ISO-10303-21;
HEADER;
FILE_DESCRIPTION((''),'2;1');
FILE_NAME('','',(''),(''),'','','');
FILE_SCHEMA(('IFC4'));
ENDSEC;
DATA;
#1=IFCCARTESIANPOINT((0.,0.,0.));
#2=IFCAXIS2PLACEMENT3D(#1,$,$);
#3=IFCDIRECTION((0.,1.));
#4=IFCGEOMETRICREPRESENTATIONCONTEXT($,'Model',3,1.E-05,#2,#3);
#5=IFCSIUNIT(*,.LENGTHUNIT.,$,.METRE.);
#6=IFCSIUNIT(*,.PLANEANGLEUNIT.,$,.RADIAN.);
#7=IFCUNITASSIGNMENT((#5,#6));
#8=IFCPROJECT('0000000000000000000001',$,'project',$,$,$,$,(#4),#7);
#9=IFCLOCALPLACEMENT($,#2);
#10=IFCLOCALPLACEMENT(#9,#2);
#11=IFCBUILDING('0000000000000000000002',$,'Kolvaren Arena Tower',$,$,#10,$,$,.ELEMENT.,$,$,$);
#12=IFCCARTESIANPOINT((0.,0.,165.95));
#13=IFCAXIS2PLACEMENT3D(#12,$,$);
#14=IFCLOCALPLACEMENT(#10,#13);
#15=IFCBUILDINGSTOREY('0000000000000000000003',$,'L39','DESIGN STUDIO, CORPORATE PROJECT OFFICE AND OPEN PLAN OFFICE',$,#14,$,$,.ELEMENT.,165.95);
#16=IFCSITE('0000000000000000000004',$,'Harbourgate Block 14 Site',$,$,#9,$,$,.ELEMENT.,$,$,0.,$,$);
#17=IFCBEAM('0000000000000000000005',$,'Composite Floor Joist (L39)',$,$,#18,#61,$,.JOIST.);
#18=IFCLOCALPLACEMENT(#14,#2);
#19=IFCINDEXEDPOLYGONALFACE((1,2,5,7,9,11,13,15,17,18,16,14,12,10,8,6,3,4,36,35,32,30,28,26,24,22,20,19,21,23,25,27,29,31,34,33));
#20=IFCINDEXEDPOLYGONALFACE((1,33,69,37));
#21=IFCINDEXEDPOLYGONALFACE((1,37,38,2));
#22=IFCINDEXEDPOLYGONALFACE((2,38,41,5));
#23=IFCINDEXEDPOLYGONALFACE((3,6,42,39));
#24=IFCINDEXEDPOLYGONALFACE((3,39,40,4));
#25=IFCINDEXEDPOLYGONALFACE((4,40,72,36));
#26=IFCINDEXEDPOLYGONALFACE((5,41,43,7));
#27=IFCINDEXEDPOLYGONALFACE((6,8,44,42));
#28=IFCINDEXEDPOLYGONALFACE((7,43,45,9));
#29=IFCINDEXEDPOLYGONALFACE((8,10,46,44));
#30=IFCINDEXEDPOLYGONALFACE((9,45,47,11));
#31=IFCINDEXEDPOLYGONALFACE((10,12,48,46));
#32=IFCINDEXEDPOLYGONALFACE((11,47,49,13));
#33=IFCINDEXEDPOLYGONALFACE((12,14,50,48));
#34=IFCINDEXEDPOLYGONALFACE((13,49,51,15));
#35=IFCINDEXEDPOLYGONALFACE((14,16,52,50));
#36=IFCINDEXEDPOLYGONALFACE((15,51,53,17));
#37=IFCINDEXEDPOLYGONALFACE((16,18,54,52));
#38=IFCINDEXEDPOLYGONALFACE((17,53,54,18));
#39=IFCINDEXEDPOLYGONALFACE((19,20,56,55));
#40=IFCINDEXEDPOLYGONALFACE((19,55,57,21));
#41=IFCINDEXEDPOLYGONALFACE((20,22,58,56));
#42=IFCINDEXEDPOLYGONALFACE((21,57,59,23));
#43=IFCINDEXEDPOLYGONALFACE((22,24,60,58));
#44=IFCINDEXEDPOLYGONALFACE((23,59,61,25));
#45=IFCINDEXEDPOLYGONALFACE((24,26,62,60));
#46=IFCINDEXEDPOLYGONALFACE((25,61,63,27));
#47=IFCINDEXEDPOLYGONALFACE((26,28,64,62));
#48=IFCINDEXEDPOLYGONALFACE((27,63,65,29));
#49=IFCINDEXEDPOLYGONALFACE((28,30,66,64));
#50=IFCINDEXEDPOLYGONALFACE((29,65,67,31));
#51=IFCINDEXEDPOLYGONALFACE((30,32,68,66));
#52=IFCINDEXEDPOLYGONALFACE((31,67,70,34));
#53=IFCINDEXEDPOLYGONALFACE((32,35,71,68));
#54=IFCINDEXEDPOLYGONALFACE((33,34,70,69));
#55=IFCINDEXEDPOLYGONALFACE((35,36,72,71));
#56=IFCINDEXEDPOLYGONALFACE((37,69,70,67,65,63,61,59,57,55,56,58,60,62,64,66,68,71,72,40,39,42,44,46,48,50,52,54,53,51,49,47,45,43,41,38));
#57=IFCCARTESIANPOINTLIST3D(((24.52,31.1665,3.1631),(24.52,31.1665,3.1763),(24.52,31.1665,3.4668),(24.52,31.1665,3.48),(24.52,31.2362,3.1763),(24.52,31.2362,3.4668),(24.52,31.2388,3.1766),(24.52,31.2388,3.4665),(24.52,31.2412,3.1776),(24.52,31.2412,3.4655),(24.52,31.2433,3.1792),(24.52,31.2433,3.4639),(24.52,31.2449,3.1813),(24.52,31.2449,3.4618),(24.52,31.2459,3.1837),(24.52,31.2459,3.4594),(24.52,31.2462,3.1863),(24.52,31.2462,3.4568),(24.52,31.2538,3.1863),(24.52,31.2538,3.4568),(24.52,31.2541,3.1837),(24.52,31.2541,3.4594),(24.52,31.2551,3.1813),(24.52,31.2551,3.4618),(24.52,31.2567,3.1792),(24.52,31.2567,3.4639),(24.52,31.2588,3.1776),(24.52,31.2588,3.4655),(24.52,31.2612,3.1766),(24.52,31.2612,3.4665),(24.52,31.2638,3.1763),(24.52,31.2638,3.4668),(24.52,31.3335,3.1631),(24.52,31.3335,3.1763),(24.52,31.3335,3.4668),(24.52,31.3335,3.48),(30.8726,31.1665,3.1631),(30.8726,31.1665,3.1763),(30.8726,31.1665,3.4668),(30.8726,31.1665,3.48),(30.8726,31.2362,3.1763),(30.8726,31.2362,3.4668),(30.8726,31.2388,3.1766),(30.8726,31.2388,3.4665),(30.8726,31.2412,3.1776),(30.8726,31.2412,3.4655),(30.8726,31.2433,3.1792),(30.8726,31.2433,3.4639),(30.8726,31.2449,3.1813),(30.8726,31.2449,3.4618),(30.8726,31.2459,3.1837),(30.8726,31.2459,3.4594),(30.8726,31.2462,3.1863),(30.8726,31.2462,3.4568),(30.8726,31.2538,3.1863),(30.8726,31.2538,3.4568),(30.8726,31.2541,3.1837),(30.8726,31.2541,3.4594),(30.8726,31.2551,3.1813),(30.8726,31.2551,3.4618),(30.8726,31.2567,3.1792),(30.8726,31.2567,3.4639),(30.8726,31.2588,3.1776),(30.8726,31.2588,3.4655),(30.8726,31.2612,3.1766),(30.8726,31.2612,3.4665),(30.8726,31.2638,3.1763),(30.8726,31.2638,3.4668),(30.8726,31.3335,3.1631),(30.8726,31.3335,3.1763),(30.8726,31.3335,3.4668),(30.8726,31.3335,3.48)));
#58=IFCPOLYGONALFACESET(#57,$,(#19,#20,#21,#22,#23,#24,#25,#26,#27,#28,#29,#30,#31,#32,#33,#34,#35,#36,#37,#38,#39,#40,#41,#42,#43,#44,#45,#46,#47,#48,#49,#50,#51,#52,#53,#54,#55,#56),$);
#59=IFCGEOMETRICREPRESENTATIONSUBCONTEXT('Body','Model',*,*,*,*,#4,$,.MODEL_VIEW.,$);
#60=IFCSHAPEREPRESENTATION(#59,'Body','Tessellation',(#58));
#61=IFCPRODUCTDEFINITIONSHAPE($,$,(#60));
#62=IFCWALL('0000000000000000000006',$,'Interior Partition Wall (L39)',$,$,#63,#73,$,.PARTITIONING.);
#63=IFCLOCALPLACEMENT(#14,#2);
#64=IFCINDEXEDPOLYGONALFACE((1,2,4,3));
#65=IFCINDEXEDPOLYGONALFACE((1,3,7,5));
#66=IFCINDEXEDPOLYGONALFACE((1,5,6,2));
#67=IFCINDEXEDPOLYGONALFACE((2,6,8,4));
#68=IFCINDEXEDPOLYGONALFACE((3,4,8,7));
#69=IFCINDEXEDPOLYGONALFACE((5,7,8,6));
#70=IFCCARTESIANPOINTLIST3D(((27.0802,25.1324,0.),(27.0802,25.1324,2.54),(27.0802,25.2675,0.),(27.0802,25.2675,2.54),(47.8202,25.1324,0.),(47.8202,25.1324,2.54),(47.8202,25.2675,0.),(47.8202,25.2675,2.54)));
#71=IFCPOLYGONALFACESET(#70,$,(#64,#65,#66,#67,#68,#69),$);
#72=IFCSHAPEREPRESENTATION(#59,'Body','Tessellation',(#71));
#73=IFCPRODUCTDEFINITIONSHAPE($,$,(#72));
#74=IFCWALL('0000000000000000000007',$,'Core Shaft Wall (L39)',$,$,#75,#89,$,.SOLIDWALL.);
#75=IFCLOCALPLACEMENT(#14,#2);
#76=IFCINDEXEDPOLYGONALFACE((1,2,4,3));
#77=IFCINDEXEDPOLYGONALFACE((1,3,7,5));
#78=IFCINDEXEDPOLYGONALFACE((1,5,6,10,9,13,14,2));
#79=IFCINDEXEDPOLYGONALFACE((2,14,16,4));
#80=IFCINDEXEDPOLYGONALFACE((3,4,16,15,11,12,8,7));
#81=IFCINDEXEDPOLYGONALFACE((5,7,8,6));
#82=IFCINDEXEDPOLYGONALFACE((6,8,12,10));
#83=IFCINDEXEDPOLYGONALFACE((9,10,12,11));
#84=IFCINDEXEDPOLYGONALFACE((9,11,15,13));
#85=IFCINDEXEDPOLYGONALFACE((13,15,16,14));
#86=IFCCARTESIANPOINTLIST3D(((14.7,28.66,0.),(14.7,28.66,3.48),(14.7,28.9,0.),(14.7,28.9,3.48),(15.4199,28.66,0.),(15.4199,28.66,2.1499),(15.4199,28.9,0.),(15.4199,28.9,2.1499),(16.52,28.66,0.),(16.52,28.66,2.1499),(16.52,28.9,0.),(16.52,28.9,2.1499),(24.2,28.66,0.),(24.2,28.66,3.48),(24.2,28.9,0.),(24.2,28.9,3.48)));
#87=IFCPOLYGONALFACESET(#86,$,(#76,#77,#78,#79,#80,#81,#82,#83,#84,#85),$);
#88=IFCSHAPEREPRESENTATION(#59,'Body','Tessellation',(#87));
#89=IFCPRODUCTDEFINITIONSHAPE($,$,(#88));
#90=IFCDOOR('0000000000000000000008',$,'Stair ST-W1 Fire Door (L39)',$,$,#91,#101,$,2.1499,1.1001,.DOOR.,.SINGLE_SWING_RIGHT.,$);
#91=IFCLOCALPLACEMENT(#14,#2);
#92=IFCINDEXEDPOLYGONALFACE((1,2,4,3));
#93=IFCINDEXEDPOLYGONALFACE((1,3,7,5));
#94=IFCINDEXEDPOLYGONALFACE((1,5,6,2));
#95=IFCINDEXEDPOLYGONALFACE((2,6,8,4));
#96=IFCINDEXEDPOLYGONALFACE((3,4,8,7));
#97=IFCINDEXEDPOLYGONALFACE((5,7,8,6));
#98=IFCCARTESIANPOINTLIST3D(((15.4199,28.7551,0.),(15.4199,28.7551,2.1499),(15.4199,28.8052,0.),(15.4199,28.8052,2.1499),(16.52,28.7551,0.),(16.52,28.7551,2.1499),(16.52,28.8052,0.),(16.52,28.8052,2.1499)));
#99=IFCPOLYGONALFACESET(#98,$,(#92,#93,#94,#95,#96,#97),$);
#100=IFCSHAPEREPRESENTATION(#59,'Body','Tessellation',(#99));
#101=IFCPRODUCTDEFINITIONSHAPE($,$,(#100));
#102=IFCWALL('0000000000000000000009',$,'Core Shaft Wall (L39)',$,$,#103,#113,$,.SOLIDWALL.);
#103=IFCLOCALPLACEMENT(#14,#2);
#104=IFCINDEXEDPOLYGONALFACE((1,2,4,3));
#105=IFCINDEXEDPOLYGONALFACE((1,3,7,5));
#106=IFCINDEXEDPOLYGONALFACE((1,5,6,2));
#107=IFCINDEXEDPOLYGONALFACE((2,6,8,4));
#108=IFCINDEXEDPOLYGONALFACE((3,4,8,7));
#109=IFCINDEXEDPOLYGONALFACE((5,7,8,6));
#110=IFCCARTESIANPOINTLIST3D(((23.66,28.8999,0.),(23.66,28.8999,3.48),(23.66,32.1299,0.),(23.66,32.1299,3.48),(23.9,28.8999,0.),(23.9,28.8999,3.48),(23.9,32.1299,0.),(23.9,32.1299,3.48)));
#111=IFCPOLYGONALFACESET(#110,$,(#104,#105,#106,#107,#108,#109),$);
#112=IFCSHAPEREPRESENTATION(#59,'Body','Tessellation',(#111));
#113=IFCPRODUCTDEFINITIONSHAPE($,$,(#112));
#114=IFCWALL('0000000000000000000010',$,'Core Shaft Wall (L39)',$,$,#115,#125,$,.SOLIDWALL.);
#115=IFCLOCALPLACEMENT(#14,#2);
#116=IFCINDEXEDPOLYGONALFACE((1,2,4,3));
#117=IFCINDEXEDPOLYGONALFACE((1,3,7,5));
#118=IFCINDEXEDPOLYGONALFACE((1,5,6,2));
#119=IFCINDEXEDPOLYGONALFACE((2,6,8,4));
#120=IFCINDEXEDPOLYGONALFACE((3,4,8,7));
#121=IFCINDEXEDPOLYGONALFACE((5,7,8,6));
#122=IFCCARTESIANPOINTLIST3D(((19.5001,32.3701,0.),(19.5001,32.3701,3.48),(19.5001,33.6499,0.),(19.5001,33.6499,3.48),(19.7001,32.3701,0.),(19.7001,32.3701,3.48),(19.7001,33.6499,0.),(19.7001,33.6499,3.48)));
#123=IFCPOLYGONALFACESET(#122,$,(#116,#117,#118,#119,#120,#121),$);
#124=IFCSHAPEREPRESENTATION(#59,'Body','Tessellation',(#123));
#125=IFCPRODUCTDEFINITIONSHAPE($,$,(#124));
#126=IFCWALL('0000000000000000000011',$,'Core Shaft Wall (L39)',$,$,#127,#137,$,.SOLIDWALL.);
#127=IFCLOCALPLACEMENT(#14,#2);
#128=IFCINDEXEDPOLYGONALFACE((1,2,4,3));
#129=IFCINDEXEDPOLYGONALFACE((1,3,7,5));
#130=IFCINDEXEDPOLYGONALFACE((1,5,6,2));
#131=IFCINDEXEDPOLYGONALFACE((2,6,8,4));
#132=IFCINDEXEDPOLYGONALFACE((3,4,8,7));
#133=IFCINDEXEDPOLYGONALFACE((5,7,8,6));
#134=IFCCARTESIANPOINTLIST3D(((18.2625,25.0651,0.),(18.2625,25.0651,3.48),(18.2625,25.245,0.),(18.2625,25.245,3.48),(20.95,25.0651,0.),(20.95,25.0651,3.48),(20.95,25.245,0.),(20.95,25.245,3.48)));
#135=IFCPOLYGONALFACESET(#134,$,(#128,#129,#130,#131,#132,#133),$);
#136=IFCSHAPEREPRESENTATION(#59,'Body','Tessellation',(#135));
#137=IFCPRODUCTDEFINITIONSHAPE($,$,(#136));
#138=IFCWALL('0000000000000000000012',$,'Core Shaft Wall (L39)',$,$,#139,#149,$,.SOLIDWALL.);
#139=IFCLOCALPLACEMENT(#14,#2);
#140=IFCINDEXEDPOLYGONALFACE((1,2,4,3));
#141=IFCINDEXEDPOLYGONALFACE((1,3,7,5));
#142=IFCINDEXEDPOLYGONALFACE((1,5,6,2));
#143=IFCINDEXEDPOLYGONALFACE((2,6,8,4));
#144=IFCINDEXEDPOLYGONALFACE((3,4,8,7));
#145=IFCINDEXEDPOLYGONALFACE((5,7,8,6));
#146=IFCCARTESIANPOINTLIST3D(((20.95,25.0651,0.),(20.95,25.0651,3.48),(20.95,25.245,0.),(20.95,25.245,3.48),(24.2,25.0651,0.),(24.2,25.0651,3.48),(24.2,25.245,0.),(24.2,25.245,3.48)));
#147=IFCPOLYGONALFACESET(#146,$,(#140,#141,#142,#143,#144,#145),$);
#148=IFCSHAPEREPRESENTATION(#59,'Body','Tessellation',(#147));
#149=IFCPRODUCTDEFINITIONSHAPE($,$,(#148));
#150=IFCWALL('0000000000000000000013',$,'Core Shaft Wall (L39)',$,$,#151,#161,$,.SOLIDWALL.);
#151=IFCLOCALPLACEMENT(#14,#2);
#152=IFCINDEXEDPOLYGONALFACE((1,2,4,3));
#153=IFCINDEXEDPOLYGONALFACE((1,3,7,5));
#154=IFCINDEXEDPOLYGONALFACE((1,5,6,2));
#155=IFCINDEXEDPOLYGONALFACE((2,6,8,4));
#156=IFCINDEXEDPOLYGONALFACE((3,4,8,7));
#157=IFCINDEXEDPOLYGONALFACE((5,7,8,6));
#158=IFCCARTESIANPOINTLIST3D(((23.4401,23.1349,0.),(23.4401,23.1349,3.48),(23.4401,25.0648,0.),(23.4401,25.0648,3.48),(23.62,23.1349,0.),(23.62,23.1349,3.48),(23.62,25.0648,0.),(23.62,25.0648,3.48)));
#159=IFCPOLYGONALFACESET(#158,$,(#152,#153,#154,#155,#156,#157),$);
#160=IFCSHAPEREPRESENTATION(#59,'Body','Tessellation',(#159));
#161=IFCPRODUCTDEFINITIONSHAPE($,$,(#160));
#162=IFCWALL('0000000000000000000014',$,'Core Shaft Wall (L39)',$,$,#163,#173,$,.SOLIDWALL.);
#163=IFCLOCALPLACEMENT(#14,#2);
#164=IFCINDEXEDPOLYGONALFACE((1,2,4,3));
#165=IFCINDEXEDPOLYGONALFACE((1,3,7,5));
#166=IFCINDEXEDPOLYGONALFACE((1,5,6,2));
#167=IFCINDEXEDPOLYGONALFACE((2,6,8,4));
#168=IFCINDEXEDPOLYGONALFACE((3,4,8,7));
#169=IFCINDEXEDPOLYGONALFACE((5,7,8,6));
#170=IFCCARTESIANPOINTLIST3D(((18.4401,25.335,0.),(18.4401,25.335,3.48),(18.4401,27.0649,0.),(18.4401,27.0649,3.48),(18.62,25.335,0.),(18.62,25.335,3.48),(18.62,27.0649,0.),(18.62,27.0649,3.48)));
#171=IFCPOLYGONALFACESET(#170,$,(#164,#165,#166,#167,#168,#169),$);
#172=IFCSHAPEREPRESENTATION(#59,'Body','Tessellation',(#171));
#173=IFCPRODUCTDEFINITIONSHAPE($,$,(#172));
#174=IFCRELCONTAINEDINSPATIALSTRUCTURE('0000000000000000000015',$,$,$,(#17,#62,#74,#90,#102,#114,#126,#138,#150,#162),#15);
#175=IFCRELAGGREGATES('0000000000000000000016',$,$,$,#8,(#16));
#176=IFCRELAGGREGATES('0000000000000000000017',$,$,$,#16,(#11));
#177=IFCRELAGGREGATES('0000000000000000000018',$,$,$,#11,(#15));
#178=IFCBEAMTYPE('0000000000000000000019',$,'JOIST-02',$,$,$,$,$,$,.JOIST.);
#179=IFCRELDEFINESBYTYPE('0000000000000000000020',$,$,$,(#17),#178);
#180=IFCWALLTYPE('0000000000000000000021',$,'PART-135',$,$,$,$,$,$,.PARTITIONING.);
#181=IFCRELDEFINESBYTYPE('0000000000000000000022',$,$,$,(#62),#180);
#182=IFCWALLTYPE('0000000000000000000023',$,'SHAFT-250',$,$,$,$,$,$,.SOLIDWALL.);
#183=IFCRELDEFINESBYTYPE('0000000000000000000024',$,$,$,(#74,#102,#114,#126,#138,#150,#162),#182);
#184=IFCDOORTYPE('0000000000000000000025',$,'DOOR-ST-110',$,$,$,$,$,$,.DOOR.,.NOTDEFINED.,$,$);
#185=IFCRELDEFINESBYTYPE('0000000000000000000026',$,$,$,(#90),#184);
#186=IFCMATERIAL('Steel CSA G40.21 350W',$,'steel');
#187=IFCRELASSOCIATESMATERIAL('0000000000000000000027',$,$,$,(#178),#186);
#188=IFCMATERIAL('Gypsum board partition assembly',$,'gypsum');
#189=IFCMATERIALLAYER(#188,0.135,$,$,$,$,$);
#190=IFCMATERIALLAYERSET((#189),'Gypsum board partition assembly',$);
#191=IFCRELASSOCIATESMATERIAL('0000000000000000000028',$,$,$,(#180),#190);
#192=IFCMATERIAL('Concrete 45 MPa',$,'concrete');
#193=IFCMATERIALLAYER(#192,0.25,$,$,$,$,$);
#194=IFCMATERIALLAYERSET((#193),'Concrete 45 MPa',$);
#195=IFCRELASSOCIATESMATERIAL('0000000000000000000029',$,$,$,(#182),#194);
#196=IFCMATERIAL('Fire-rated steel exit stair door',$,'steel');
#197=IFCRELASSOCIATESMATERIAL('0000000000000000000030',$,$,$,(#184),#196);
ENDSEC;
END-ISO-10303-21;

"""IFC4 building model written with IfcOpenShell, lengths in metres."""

from ifc_helpers import new_model, si_unit, direction, frame, frame_2d, origin, origin_2d, place, context, subcontext, project, spatial, rectangle, i_section, extrude, material, layer, layer_set, material_profile, profile_set, type_object, element, fill, save


model = new_model("IFC4")

# Units and contexts
model_context = context("Model", 3, precision=1e-05, world=origin(), true_north=direction((0.0, 1.0)))
body_context = subcontext(model_context, "Body", "Model", "MODEL_VIEW")
ifc_project = project(units=[si_unit("LENGTHUNIT", "METRE"), si_unit("PLANEANGLEUNIT", "RADIAN")], contexts=[model_context])

# Site, building, storey
site_placement = place(None, origin())
site = spatial("IfcSite", under=ifc_project, at=site_placement, Name="Harbourgate Block 14 Site", CompositionType="ELEMENT", RefElevation=0.0)
building_placement = place(site_placement, origin())
building = spatial("IfcBuilding", under=site, at=building_placement, Name="Kolvaren Arena Tower", CompositionType="ELEMENT")
storey_placement = place(building_placement, frame((0.0, 0.0, 165.95)))
storey = spatial("IfcBuildingStorey", under=building, at=storey_placement, Name="L39", Description="DESIGN STUDIO, CORPORATE PROJECT OFFICE AND OPEN PLAN OFFICE", CompositionType="ELEMENT", Elevation=165.95)

# Beam
ifc_material_1 = material(Name="Steel CSA G40.21 350W", Category="steel")
ifc_material_profile_1 = material_profile(ifc_material_1, i_section(OverallWidth=0.167, OverallDepth=0.3169, WebThickness=0.0076, FlangeThickness=0.0132, FilletRadius=0.01, at=origin_2d()), Name="W310x52")
ifc_profile_set_1 = profile_set([ifc_material_profile_1], Name="Steel CSA G40.21 350W")
beam_type_1 = type_object("IfcBeamType", Name="JOIST-02", PredefinedType="JOIST", material=ifc_profile_set_1)
beam_1_placement = place(storey_placement, frame((24.52, 31.25, 3.3215), z_axis=(1.0, 0.0, 0.0), x_axis=(0.0, 1.0, 0.0)))
element("IfcBeam", 1, at=beam_1_placement, inside=storey, type_object=beam_type_1, Name="Composite Floor Joist (L39)", PredefinedType="JOIST", context=body_context, shape_type="SweptSolid", body=[
    extrude(i_section(OverallWidth=0.167, OverallDepth=0.3169, WebThickness=0.0076, FlangeThickness=0.0132, FilletRadius=0.01, at=origin_2d()), origin(), (0.0, 0.0, 1.0), 6.3525),
])

# Wall
ifc_material_2 = material(Name="Gypsum board partition assembly", Category="gypsum")
ifc_layer_1 = layer(ifc_material_2, 0.135)
ifc_layer_set_1 = layer_set([ifc_layer_1], Name="Gypsum board partition assembly")
wall_type_1 = type_object("IfcWallType", Name="PART-135", PredefinedType="PARTITIONING", material=ifc_layer_set_1)
wall_1_placement = place(storey_placement, frame((27.0801, 25.2, 0.0), z_axis=(0.0, 0.0, 1.0), x_axis=(1.0, 0.0, 0.0)))
element("IfcWall", 2, at=wall_1_placement, inside=storey, type_object=wall_type_1, Name="Interior Partition Wall (L39)", PredefinedType="PARTITIONING", context=body_context, shape_type="SweptSolid", body=[
    extrude(rectangle(XDim=20.74, YDim=0.135, at=frame_2d((10.3701, 0.0))), origin(), (0.0, 0.0, 1.0), 2.54),
])

# Wall, opening, door
ifc_material_3 = material(Name="Concrete 45 MPa", Category="concrete")
ifc_layer_2 = layer(ifc_material_3, 0.25)
ifc_layer_set_2 = layer_set([ifc_layer_2], Name="Concrete 45 MPa")
wall_type_2 = type_object("IfcWallType", Name="SHAFT-250", PredefinedType="SOLIDWALL", material=ifc_layer_set_2)
wall_2_placement = place(storey_placement, frame((24.2, 28.78, 0.0), z_axis=(0.0, 0.0, 1.0), x_axis=(-1.0, 0.0, 0.0)))
wall_2 = element("IfcWall", 3, at=wall_2_placement, inside=storey, type_object=wall_type_2, Name="Core Shaft Wall (L39)", PredefinedType="SOLIDWALL", context=body_context, shape_type="SweptSolid", body=[
    extrude(rectangle(XDim=9.5, YDim=0.24, at=frame_2d((4.75, 0.0))), origin(), (0.0, 0.0, 1.0), 3.48),
])
opening_placement = place(wall_2_placement, frame((7.6799, 0.0, 0.0)))
opening = element("IfcOpeningElement", 4, at=opening_placement, cuts=wall_2, PredefinedType="OPENING", context=body_context, shape_type="SweptSolid", body=[
    extrude(rectangle(XDim=1.1001, YDim=2.1499, at=frame_2d((0.55, 1.075))), frame((0.0, 0.1299, 0.0), z_axis=(0.0, -1.0, 0.0), x_axis=(1.0, 0.0, 0.0)), (0.0, 0.0, 1.0), 0.26),
])
ifc_material_4 = material(Name="Fire-rated steel exit stair door", Category="steel")
door_type = type_object("IfcDoorType", Name="DOOR-ST-110", OperationType="NOTDEFINED", PredefinedType="DOOR", material=ifc_material_4)
door_placement = place(opening_placement, origin())
door = element("IfcDoor", 5, at=door_placement, inside=storey, type_object=door_type, Name="Stair ST-W1 Fire Door (L39)", OperationType="SINGLE_SWING_RIGHT", OverallHeight=2.1499, OverallWidth=1.1001, PredefinedType="DOOR", context=body_context, shape_type="SweptSolid", body=[
    extrude(rectangle(XDim=1.1001, YDim=2.1499, at=frame_2d((0.55, 1.075))), frame((0.0, 0.0249, 0.0), z_axis=(0.0, -1.0, 0.0), x_axis=(1.0, 0.0, 0.0)), (0.0, 0.0, 1.0), 0.05),
])
fill(opening, door)

# Walls
wall_3_placement = place(storey_placement, frame((23.78, 28.8999, 0.0), z_axis=(0.0, 0.0, 1.0), x_axis=(0.0, 1.0, 0.0)))
element("IfcWall", 6, at=wall_3_placement, inside=storey, type_object=wall_type_2, Name="Core Shaft Wall (L39)", PredefinedType="SOLIDWALL", context=body_context, shape_type="SweptSolid", body=[
    extrude(rectangle(XDim=3.23, YDim=0.24, at=frame_2d((1.615, 0.0))), origin(), (0.0, 0.0, 1.0), 3.48),
])
wall_4_placement = place(storey_placement, frame((19.6001, 32.3701, 0.0), z_axis=(0.0, 0.0, 1.0), x_axis=(0.0, 1.0, 0.0)))
element("IfcWall", 7, at=wall_4_placement, inside=storey, type_object=wall_type_2, Name="Core Shaft Wall (L39)", PredefinedType="SOLIDWALL", context=body_context, shape_type="SweptSolid", body=[
    extrude(rectangle(XDim=1.2798, YDim=0.2, at=frame_2d((0.6399, 0.0))), origin(), (0.0, 0.0, 1.0), 3.48),
])
wall_5_placement = place(storey_placement, frame((18.2625, 25.155, 0.0), z_axis=(0.0, 0.0, 1.0), x_axis=(1.0, 0.0, 0.0)))
element("IfcWall", 8, at=wall_5_placement, inside=storey, type_object=wall_type_2, Name="Core Shaft Wall (L39)", PredefinedType="SOLIDWALL", context=body_context, shape_type="SweptSolid", body=[
    extrude(rectangle(XDim=2.6875, YDim=0.1799, at=frame_2d((1.3438, 0.0))), origin(), (0.0, 0.0, 1.0), 3.48),
])
wall_6_placement = place(storey_placement, frame((20.95, 25.155, 0.0), z_axis=(0.0, 0.0, 1.0), x_axis=(1.0, 0.0, 0.0)))
element("IfcWall", 9, at=wall_6_placement, inside=storey, type_object=wall_type_2, Name="Core Shaft Wall (L39)", PredefinedType="SOLIDWALL", context=body_context, shape_type="SweptSolid", body=[
    extrude(rectangle(XDim=3.25, YDim=0.1799, at=frame_2d((1.625, 0.0))), origin(), (0.0, 0.0, 1.0), 3.48),
])
wall_7_placement = place(storey_placement, frame((23.53, 23.135, 0.0), z_axis=(0.0, 0.0, 1.0), x_axis=(0.0, 1.0, 0.0)))
element("IfcWall", 10, at=wall_7_placement, inside=storey, type_object=wall_type_2, Name="Core Shaft Wall (L39)", PredefinedType="SOLIDWALL", context=body_context, shape_type="SweptSolid", body=[
    extrude(rectangle(XDim=1.9299, YDim=0.1799, at=frame_2d((0.9648, 0.0))), origin(), (0.0, 0.0, 1.0), 3.48),
])
wall_8_placement = place(storey_placement, frame((18.53, 25.335, 0.0), z_axis=(0.0, 0.0, 1.0), x_axis=(0.0, 1.0, 0.0)))
element("IfcWall", 11, at=wall_8_placement, inside=storey, type_object=wall_type_2, Name="Core Shaft Wall (L39)", PredefinedType="SOLIDWALL", context=body_context, shape_type="SweptSolid", body=[
    extrude(rectangle(XDim=1.73, YDim=0.1799, at=frame_2d((0.865, 0.0))), origin(), (0.0, 0.0, 1.0), 3.48),
])

save(model, "model.ifc")
